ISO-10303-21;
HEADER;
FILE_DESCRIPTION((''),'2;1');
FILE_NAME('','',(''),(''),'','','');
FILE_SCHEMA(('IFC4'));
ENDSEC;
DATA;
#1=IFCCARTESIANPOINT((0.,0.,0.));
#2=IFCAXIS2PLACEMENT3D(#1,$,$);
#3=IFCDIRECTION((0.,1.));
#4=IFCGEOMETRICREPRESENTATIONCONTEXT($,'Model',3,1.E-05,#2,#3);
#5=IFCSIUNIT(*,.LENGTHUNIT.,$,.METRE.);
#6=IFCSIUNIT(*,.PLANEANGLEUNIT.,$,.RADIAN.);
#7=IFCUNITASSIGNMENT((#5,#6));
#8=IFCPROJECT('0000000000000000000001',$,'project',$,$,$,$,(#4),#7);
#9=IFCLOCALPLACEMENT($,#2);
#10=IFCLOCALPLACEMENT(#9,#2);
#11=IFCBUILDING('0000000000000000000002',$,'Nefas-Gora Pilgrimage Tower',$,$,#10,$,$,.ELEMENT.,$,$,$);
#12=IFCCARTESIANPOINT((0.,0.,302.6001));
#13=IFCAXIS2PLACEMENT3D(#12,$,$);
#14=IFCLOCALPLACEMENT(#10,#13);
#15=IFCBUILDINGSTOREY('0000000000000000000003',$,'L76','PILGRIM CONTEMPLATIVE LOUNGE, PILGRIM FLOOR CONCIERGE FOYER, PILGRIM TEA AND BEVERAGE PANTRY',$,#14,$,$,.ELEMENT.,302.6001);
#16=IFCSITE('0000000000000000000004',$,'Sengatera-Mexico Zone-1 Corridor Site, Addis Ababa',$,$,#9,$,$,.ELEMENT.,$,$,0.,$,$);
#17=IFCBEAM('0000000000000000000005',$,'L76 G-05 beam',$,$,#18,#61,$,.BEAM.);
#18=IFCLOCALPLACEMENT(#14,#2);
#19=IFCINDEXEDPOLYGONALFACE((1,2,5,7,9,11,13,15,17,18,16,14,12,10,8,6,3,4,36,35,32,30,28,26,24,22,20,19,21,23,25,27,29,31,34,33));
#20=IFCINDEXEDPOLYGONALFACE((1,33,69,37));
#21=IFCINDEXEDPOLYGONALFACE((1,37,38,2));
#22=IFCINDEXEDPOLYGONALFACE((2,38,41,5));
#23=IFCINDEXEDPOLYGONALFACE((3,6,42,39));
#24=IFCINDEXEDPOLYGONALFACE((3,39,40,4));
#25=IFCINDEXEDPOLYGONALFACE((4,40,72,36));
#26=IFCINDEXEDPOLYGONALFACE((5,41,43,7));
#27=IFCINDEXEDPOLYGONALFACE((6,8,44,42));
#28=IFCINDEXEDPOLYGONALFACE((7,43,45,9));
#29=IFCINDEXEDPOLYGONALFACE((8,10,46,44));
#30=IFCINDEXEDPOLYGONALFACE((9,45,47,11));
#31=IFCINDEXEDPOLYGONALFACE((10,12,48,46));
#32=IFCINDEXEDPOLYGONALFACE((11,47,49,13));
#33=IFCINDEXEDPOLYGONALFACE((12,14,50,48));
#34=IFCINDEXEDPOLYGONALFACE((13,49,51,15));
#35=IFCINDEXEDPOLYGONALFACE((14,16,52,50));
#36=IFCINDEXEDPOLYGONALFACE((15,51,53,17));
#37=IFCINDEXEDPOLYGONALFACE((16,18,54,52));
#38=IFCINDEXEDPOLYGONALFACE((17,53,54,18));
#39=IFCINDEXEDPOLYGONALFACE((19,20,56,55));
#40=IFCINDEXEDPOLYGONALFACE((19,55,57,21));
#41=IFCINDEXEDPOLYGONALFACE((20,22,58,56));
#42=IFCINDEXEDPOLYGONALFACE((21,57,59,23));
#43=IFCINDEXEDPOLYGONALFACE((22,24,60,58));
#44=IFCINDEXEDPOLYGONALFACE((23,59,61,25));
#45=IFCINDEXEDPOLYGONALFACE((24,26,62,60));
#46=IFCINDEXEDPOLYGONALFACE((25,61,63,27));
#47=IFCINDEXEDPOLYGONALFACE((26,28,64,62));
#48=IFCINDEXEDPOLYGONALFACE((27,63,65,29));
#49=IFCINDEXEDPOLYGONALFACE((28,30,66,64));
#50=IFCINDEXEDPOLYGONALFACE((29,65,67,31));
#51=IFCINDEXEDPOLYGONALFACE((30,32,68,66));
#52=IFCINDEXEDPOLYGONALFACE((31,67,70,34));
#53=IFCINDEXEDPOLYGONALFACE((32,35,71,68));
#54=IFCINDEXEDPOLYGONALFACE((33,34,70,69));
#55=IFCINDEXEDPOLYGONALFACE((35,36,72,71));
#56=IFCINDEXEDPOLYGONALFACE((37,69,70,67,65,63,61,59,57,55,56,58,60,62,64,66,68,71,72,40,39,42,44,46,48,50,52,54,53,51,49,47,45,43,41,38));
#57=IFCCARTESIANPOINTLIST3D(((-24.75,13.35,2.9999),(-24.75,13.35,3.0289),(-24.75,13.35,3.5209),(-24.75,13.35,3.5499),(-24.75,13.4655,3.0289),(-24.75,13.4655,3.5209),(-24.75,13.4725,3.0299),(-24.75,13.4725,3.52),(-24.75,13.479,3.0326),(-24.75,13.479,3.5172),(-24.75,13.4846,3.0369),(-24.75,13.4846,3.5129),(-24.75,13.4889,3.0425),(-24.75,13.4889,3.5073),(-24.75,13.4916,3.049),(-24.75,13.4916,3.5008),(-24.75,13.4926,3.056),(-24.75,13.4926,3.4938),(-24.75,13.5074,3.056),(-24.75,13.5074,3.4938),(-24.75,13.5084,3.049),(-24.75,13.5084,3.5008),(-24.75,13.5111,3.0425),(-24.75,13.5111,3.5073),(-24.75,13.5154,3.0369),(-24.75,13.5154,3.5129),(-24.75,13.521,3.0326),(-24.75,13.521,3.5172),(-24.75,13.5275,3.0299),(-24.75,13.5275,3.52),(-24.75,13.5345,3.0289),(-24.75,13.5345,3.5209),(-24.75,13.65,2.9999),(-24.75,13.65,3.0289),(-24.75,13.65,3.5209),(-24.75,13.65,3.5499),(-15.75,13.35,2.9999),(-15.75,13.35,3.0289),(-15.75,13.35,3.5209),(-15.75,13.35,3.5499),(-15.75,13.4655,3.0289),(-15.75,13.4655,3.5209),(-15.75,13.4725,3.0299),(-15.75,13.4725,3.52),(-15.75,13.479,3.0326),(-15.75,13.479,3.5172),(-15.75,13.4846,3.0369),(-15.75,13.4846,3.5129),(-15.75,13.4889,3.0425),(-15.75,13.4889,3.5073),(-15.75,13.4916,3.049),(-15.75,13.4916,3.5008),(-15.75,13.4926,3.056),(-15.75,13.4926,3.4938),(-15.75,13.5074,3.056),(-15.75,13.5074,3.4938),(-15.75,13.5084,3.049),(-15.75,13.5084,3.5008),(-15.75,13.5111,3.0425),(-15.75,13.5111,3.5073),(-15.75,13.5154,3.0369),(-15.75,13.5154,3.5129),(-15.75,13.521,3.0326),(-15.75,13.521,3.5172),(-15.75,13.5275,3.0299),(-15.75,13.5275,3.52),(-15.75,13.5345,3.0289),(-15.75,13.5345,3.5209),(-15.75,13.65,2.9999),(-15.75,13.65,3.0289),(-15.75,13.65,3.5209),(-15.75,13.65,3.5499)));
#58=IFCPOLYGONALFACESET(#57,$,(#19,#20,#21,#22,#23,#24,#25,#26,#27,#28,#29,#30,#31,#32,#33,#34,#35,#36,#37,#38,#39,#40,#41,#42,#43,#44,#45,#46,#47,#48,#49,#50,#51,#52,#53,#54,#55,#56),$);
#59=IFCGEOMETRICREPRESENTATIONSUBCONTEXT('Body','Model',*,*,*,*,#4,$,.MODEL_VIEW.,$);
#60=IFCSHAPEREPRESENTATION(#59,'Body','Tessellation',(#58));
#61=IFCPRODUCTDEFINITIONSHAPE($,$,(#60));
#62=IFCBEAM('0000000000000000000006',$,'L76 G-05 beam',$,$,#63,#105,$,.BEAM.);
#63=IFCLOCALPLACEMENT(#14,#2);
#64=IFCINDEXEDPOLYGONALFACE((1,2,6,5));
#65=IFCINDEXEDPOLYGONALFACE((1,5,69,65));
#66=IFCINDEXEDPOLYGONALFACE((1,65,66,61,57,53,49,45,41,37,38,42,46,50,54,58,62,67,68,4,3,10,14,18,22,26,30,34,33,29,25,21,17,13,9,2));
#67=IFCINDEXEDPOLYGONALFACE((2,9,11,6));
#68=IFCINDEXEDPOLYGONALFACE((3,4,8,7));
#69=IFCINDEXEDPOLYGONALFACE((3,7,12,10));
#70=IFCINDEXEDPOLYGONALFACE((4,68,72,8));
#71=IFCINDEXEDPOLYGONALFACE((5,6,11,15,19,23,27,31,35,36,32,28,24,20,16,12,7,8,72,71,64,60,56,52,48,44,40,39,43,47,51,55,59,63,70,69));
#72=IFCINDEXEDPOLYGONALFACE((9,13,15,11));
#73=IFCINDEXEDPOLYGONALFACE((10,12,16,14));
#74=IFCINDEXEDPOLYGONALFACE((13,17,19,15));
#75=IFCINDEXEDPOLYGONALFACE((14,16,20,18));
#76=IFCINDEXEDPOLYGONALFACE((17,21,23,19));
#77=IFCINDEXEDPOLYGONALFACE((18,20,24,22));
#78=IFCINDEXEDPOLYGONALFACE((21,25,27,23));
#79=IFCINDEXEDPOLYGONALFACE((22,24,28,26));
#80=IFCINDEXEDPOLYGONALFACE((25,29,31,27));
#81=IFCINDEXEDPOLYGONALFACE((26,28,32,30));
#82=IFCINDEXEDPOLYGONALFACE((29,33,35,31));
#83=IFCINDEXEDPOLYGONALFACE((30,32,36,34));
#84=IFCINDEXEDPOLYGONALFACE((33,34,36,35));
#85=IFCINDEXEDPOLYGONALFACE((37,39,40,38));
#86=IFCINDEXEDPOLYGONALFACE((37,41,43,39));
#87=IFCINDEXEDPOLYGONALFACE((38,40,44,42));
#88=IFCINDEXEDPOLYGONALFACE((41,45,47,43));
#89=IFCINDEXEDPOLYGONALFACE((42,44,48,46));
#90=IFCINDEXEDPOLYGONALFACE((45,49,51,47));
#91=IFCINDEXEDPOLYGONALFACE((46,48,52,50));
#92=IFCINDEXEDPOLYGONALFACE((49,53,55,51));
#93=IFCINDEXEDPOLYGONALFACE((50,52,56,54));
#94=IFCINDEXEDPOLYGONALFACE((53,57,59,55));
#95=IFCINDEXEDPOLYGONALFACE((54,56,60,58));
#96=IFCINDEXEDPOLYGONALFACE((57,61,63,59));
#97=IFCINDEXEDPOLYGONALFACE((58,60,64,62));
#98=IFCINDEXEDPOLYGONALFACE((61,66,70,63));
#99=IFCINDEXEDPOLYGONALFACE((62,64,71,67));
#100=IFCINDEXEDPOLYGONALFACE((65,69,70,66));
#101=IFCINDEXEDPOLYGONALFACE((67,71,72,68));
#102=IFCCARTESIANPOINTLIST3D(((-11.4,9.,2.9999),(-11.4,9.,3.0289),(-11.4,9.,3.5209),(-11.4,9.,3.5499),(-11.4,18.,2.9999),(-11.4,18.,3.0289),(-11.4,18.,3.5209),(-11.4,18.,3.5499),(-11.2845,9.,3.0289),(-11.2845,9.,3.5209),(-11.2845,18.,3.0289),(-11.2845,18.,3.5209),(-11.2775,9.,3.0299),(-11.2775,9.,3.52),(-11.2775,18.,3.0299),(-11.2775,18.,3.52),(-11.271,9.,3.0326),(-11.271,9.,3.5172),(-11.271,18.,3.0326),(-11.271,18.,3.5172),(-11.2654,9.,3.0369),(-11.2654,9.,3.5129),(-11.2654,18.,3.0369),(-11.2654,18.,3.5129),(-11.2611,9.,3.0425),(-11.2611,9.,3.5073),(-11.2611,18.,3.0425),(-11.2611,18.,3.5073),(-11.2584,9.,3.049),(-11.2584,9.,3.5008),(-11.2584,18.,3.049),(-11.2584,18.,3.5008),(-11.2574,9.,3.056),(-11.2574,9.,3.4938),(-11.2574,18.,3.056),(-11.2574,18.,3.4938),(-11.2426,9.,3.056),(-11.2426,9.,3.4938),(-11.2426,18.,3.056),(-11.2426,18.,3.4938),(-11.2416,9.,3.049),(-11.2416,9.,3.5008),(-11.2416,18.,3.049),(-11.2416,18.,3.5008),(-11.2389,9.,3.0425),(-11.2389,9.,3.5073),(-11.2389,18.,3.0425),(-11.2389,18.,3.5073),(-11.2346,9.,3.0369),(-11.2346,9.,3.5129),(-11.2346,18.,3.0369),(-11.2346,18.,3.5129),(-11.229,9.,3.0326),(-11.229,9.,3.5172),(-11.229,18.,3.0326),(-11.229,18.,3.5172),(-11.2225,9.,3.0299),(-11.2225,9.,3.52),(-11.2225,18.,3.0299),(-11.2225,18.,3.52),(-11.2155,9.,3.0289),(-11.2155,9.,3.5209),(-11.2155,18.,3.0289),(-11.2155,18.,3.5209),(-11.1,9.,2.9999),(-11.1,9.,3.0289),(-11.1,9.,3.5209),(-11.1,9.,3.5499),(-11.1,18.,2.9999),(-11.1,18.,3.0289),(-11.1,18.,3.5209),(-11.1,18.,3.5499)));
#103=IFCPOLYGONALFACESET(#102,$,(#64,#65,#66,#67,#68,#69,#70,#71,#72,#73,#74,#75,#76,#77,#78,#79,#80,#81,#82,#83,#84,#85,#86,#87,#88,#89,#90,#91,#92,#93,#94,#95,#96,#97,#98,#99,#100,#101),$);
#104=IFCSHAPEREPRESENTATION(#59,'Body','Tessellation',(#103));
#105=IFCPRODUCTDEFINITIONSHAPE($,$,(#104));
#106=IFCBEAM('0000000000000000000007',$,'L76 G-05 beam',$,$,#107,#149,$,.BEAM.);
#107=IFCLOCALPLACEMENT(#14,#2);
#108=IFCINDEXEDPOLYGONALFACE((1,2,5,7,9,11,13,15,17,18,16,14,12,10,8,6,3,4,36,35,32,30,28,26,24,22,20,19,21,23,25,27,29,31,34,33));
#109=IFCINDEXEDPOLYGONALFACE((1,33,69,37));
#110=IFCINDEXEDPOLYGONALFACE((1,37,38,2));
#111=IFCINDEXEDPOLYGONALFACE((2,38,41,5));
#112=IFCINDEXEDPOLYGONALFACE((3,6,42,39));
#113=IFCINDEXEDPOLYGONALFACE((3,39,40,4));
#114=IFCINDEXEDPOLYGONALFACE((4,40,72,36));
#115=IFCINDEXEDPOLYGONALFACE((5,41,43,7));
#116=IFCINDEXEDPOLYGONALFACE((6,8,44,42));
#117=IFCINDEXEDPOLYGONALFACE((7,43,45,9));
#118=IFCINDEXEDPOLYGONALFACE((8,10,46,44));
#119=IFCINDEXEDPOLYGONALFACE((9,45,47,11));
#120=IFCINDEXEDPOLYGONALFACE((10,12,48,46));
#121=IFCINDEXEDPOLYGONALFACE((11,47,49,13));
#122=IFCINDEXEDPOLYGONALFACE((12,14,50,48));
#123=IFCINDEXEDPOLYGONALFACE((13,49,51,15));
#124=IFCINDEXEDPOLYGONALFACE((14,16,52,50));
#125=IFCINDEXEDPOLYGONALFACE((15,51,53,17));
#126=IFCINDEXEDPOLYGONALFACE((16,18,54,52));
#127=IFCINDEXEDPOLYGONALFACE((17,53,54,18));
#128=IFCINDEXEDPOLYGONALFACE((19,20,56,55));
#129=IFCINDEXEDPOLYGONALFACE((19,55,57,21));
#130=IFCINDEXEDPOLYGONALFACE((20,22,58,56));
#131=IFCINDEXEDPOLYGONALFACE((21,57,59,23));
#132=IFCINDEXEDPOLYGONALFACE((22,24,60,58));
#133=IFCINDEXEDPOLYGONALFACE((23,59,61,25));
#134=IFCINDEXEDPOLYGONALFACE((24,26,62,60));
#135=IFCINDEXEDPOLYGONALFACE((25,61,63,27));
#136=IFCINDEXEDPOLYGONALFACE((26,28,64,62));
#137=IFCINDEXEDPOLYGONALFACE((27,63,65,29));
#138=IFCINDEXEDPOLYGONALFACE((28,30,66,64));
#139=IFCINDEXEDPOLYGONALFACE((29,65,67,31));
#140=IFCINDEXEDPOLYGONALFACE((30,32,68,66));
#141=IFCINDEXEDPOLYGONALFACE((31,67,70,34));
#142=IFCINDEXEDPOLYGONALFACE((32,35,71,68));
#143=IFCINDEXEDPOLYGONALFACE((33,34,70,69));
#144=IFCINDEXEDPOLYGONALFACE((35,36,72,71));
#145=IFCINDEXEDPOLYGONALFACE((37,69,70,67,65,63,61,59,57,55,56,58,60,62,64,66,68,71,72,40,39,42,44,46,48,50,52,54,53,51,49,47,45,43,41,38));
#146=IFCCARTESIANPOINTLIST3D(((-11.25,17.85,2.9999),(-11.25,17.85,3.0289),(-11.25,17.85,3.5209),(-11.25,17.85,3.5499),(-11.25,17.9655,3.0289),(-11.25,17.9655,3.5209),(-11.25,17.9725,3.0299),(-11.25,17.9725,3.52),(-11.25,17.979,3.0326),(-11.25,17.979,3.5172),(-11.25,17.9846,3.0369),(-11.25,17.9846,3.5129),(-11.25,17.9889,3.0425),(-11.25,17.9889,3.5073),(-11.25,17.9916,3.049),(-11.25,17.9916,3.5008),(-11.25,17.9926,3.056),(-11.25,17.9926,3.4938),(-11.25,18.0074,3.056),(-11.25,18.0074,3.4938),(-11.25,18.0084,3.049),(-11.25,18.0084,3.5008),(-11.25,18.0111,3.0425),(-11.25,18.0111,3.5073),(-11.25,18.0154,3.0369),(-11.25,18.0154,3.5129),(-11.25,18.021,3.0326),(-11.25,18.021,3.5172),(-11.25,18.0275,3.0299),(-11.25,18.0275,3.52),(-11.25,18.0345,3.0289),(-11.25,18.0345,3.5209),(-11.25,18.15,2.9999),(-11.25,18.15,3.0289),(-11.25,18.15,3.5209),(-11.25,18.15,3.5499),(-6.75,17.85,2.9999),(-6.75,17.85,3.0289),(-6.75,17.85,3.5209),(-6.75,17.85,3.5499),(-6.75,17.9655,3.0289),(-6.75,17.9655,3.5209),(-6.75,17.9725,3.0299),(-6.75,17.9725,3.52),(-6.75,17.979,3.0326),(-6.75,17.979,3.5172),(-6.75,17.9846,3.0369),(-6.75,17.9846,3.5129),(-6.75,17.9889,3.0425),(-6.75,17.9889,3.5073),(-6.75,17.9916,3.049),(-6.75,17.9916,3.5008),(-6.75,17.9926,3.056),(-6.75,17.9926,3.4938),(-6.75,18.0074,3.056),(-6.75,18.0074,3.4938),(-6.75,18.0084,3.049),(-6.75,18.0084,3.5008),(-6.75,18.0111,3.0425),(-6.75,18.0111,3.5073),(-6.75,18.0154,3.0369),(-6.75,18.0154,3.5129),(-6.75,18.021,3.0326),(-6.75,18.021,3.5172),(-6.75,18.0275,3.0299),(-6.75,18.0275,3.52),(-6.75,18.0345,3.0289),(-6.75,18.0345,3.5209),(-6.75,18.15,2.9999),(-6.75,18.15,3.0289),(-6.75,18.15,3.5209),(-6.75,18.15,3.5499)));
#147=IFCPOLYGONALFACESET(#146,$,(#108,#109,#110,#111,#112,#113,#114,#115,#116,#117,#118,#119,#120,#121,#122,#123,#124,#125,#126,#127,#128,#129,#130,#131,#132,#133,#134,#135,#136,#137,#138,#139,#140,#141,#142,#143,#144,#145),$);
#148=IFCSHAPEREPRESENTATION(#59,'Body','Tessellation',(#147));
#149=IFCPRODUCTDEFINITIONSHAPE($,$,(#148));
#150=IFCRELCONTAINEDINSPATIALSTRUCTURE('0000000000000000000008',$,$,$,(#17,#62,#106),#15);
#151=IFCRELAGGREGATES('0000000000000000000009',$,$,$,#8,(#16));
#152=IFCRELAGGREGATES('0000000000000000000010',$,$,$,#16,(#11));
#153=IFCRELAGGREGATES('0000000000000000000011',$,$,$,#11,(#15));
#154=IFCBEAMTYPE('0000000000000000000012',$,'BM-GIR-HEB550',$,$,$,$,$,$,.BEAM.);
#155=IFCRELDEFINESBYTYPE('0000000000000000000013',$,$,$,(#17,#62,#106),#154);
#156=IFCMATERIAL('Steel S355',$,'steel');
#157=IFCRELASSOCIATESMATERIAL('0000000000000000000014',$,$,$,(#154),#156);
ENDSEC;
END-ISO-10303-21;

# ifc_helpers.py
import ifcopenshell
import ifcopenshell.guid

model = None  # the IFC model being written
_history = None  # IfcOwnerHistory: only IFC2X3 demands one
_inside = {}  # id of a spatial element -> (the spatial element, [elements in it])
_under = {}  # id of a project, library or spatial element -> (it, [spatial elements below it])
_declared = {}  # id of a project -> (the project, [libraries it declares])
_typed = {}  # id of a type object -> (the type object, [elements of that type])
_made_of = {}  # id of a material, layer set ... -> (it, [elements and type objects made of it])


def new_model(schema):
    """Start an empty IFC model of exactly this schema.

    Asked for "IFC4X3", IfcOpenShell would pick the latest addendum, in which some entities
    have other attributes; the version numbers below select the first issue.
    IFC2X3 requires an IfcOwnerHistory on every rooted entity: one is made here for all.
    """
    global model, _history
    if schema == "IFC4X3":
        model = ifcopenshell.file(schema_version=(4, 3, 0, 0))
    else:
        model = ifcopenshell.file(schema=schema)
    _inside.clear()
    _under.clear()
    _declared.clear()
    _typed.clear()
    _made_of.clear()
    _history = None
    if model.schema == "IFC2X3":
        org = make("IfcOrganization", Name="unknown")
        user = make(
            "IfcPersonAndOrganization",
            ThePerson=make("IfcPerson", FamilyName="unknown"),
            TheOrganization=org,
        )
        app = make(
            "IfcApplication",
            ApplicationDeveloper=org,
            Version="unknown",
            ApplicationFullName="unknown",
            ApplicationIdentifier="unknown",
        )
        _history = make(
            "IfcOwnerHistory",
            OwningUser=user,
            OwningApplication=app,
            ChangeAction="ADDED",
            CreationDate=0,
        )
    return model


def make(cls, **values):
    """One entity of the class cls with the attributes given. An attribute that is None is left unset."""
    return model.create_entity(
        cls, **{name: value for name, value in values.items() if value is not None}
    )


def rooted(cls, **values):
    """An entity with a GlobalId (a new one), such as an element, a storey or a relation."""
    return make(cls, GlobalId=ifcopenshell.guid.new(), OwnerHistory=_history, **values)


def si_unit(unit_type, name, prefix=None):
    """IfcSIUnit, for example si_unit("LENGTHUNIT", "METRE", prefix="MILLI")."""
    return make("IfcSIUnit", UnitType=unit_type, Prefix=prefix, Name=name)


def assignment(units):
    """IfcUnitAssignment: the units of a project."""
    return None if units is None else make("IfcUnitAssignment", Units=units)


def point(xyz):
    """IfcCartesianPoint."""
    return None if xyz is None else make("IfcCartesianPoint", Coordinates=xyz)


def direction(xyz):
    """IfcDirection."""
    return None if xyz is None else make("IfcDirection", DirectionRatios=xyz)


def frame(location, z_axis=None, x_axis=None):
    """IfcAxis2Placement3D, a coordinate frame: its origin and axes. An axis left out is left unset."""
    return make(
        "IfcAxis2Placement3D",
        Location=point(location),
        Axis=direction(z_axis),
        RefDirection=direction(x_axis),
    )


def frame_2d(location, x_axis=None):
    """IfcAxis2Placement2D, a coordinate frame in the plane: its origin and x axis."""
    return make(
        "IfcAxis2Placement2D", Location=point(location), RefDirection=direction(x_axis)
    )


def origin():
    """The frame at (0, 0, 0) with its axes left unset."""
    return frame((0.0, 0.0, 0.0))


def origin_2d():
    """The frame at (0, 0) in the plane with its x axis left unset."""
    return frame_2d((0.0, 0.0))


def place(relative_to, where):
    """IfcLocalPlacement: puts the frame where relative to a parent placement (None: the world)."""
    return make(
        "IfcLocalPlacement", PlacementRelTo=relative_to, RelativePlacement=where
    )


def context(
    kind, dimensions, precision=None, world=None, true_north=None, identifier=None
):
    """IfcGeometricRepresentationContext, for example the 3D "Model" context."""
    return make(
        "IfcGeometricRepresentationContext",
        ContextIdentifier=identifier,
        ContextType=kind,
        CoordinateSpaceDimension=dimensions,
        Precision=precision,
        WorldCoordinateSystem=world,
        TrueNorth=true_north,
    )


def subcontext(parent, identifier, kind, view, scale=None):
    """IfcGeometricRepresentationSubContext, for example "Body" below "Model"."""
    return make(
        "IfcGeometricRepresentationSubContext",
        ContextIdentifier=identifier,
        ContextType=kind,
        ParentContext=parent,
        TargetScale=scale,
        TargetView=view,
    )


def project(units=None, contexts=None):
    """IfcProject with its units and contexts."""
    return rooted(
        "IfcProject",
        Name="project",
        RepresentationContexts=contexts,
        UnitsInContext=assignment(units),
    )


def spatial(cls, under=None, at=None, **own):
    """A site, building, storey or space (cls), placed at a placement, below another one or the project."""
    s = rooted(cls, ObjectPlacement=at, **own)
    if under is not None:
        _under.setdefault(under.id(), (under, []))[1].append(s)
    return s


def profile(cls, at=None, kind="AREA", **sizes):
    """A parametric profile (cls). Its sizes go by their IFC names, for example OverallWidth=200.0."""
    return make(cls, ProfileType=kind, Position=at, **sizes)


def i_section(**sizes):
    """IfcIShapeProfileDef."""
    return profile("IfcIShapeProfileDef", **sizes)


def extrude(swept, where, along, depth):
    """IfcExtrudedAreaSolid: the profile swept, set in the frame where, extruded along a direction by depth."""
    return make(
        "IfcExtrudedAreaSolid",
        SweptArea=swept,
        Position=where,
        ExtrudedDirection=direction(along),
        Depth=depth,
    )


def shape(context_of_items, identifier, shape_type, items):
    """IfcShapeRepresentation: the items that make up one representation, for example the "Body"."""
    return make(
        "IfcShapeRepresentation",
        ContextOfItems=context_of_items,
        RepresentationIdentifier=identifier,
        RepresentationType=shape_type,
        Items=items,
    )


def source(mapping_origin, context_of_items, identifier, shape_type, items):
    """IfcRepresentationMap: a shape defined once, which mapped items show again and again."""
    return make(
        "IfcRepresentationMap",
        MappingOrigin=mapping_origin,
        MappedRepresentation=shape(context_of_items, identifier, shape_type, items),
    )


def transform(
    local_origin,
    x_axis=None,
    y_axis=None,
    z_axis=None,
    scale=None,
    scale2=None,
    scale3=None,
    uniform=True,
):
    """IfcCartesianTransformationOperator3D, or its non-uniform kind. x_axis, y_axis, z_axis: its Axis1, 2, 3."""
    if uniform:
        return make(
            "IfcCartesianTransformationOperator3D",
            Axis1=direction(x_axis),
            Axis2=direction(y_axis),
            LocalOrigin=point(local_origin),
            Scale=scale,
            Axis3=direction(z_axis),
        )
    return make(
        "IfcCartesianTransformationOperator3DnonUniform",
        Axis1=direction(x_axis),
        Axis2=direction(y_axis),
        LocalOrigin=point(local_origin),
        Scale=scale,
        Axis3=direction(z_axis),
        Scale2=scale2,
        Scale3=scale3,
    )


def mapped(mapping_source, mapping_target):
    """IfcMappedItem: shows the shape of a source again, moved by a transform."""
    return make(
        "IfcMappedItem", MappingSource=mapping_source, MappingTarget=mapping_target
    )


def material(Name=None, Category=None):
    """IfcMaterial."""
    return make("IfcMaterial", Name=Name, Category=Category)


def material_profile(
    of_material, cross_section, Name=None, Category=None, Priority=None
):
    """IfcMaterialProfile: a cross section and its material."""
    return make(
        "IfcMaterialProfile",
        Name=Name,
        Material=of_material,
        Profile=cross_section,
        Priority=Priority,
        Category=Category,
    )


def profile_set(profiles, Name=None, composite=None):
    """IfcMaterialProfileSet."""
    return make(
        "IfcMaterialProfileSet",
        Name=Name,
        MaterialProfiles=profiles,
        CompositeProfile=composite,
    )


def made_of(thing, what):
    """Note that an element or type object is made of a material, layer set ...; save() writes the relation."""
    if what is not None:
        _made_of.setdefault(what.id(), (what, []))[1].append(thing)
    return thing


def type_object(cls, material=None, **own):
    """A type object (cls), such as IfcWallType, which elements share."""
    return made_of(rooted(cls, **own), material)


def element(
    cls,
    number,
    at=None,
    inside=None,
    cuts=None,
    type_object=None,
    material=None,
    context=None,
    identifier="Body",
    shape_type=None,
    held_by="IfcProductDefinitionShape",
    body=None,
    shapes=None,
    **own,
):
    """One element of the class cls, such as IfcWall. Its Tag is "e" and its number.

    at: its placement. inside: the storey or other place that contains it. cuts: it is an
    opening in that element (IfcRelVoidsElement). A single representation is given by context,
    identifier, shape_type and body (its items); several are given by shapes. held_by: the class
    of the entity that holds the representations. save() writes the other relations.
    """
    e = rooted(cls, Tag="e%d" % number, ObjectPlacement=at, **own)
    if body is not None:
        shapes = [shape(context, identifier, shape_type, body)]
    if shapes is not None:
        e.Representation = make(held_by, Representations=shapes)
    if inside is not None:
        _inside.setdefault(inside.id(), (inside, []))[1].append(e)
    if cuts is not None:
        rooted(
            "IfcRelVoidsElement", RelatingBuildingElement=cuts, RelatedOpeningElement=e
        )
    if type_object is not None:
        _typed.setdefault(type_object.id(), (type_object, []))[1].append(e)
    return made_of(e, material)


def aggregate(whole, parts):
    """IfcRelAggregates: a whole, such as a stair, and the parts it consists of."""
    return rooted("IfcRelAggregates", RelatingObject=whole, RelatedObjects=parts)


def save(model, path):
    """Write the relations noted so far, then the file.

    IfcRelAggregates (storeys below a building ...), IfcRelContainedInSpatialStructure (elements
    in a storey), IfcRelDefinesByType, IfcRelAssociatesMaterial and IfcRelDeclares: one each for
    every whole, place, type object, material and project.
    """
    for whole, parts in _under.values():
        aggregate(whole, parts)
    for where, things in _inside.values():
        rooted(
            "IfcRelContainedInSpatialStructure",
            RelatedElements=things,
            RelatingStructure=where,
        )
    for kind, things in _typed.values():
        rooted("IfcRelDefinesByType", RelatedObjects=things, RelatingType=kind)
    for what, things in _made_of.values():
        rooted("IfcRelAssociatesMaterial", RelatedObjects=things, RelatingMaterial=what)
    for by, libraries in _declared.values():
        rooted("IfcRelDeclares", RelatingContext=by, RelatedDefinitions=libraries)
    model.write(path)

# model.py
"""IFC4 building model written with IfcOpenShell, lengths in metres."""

from ifc_helpers import new_model, si_unit, direction, frame, origin, origin_2d, place, context, subcontext, project, spatial, i_section, extrude, source, transform, mapped, material, material_profile, profile_set, type_object, element, save


model = new_model("IFC4")

# Units and contexts
model_context = context("Model", 3, precision=1e-05, world=origin(), true_north=direction((0.0, 1.0)))
body_context = subcontext(model_context, "Body", "Model", "MODEL_VIEW")
ifc_project = project(units=[si_unit("LENGTHUNIT", "METRE"), si_unit("PLANEANGLEUNIT", "RADIAN")], contexts=[model_context])

# Site, building, storey
site_placement = place(None, origin())
site = spatial("IfcSite", under=ifc_project, at=site_placement, Name="Sengatera-Mexico Zone-1 Corridor Site, Addis Ababa", CompositionType="ELEMENT", RefElevation=0.0)
building_placement = place(site_placement, origin())
building = spatial("IfcBuilding", under=site, at=building_placement, Name="Nefas-Gora Pilgrimage Tower", CompositionType="ELEMENT")
storey_placement = place(building_placement, frame((0.0, 0.0, 302.6001)))
storey = spatial("IfcBuildingStorey", under=building, at=storey_placement, Name="L76", Description="PILGRIM CONTEMPLATIVE LOUNGE, PILGRIM FLOOR CONCIERGE FOYER, PILGRIM TEA AND BEVERAGE PANTRY", CompositionType="ELEMENT", Elevation=302.6001)

# Shared definitions
ifc_material_1 = material(Name="Steel S355", Category="steel")

# Beams
ifc_material_profile_1 = material_profile(ifc_material_1, i_section(OverallWidth=0.3, OverallDepth=0.55, WebThickness=0.0149, FlangeThickness=0.0291, FilletRadius=0.0271, at=origin_2d()), Name="HEB 550")
ifc_profile_set_1 = profile_set([ifc_material_profile_1], Name="Steel S355")
beam_type = type_object("IfcBeamType", Name="BM-GIR-HEB550", PredefinedType="BEAM", material=ifc_profile_set_1)
shared_shape_1 = source(origin(), body_context, "Body", "SweptSolid", [
    extrude(i_section(OverallWidth=0.3, OverallDepth=0.55, WebThickness=0.0149, FlangeThickness=0.0291, FilletRadius=0.0271, at=origin_2d()), origin(), (0.0, 0.0, 1.0), 9.0),
])
for number, where, z_axis, x_axis, name in (
    (1, (-24.75, 13.5, 3.2749), (1.0, 0.0, 0.0), (0.0, 1.0, 0.0), "L76 G-05 beam"),
    (2, (-11.25, 9.0, 3.2749), (0.0, 1.0, 0.0), (-1.0, 0.0, 0.0), "L76 G-05 beam"),
):
    element("IfcBeam", number, at=place(storey_placement, frame(where, z_axis=z_axis, x_axis=x_axis)), inside=storey, type_object=beam_type, Name=name, PredefinedType="BEAM", context=body_context, shape_type="MappedRepresentation", body=[
        mapped(shared_shape_1, transform((0.0, 0.0, 0.0), x_axis=(1.0, 0.0, 0.0), y_axis=(0.0, 1.0, 0.0), z_axis=(0.0, 0.0, 1.0), scale=1.0)),
    ])
shared_shape_2 = source(origin(), body_context, "Body", "SweptSolid", [
    extrude(i_section(OverallWidth=0.3, OverallDepth=0.55, WebThickness=0.0149, FlangeThickness=0.0291, FilletRadius=0.0271, at=origin_2d()), origin(), (0.0, 0.0, 1.0), 4.5),
])
beam_placement = place(storey_placement, frame((-11.25, 18.0, 3.2749), z_axis=(1.0, 0.0, 0.0), x_axis=(0.0, 1.0, 0.0)))
element("IfcBeam", 3, at=beam_placement, inside=storey, type_object=beam_type, Name="L76 G-05 beam", PredefinedType="BEAM", context=body_context, shape_type="MappedRepresentation", body=[
    mapped(shared_shape_2, transform((0.0, 0.0, 0.0), x_axis=(1.0, 0.0, 0.0), y_axis=(0.0, 1.0, 0.0), z_axis=(0.0, 0.0, 1.0), scale=1.0)),
])

save(model, "model.ifc")
